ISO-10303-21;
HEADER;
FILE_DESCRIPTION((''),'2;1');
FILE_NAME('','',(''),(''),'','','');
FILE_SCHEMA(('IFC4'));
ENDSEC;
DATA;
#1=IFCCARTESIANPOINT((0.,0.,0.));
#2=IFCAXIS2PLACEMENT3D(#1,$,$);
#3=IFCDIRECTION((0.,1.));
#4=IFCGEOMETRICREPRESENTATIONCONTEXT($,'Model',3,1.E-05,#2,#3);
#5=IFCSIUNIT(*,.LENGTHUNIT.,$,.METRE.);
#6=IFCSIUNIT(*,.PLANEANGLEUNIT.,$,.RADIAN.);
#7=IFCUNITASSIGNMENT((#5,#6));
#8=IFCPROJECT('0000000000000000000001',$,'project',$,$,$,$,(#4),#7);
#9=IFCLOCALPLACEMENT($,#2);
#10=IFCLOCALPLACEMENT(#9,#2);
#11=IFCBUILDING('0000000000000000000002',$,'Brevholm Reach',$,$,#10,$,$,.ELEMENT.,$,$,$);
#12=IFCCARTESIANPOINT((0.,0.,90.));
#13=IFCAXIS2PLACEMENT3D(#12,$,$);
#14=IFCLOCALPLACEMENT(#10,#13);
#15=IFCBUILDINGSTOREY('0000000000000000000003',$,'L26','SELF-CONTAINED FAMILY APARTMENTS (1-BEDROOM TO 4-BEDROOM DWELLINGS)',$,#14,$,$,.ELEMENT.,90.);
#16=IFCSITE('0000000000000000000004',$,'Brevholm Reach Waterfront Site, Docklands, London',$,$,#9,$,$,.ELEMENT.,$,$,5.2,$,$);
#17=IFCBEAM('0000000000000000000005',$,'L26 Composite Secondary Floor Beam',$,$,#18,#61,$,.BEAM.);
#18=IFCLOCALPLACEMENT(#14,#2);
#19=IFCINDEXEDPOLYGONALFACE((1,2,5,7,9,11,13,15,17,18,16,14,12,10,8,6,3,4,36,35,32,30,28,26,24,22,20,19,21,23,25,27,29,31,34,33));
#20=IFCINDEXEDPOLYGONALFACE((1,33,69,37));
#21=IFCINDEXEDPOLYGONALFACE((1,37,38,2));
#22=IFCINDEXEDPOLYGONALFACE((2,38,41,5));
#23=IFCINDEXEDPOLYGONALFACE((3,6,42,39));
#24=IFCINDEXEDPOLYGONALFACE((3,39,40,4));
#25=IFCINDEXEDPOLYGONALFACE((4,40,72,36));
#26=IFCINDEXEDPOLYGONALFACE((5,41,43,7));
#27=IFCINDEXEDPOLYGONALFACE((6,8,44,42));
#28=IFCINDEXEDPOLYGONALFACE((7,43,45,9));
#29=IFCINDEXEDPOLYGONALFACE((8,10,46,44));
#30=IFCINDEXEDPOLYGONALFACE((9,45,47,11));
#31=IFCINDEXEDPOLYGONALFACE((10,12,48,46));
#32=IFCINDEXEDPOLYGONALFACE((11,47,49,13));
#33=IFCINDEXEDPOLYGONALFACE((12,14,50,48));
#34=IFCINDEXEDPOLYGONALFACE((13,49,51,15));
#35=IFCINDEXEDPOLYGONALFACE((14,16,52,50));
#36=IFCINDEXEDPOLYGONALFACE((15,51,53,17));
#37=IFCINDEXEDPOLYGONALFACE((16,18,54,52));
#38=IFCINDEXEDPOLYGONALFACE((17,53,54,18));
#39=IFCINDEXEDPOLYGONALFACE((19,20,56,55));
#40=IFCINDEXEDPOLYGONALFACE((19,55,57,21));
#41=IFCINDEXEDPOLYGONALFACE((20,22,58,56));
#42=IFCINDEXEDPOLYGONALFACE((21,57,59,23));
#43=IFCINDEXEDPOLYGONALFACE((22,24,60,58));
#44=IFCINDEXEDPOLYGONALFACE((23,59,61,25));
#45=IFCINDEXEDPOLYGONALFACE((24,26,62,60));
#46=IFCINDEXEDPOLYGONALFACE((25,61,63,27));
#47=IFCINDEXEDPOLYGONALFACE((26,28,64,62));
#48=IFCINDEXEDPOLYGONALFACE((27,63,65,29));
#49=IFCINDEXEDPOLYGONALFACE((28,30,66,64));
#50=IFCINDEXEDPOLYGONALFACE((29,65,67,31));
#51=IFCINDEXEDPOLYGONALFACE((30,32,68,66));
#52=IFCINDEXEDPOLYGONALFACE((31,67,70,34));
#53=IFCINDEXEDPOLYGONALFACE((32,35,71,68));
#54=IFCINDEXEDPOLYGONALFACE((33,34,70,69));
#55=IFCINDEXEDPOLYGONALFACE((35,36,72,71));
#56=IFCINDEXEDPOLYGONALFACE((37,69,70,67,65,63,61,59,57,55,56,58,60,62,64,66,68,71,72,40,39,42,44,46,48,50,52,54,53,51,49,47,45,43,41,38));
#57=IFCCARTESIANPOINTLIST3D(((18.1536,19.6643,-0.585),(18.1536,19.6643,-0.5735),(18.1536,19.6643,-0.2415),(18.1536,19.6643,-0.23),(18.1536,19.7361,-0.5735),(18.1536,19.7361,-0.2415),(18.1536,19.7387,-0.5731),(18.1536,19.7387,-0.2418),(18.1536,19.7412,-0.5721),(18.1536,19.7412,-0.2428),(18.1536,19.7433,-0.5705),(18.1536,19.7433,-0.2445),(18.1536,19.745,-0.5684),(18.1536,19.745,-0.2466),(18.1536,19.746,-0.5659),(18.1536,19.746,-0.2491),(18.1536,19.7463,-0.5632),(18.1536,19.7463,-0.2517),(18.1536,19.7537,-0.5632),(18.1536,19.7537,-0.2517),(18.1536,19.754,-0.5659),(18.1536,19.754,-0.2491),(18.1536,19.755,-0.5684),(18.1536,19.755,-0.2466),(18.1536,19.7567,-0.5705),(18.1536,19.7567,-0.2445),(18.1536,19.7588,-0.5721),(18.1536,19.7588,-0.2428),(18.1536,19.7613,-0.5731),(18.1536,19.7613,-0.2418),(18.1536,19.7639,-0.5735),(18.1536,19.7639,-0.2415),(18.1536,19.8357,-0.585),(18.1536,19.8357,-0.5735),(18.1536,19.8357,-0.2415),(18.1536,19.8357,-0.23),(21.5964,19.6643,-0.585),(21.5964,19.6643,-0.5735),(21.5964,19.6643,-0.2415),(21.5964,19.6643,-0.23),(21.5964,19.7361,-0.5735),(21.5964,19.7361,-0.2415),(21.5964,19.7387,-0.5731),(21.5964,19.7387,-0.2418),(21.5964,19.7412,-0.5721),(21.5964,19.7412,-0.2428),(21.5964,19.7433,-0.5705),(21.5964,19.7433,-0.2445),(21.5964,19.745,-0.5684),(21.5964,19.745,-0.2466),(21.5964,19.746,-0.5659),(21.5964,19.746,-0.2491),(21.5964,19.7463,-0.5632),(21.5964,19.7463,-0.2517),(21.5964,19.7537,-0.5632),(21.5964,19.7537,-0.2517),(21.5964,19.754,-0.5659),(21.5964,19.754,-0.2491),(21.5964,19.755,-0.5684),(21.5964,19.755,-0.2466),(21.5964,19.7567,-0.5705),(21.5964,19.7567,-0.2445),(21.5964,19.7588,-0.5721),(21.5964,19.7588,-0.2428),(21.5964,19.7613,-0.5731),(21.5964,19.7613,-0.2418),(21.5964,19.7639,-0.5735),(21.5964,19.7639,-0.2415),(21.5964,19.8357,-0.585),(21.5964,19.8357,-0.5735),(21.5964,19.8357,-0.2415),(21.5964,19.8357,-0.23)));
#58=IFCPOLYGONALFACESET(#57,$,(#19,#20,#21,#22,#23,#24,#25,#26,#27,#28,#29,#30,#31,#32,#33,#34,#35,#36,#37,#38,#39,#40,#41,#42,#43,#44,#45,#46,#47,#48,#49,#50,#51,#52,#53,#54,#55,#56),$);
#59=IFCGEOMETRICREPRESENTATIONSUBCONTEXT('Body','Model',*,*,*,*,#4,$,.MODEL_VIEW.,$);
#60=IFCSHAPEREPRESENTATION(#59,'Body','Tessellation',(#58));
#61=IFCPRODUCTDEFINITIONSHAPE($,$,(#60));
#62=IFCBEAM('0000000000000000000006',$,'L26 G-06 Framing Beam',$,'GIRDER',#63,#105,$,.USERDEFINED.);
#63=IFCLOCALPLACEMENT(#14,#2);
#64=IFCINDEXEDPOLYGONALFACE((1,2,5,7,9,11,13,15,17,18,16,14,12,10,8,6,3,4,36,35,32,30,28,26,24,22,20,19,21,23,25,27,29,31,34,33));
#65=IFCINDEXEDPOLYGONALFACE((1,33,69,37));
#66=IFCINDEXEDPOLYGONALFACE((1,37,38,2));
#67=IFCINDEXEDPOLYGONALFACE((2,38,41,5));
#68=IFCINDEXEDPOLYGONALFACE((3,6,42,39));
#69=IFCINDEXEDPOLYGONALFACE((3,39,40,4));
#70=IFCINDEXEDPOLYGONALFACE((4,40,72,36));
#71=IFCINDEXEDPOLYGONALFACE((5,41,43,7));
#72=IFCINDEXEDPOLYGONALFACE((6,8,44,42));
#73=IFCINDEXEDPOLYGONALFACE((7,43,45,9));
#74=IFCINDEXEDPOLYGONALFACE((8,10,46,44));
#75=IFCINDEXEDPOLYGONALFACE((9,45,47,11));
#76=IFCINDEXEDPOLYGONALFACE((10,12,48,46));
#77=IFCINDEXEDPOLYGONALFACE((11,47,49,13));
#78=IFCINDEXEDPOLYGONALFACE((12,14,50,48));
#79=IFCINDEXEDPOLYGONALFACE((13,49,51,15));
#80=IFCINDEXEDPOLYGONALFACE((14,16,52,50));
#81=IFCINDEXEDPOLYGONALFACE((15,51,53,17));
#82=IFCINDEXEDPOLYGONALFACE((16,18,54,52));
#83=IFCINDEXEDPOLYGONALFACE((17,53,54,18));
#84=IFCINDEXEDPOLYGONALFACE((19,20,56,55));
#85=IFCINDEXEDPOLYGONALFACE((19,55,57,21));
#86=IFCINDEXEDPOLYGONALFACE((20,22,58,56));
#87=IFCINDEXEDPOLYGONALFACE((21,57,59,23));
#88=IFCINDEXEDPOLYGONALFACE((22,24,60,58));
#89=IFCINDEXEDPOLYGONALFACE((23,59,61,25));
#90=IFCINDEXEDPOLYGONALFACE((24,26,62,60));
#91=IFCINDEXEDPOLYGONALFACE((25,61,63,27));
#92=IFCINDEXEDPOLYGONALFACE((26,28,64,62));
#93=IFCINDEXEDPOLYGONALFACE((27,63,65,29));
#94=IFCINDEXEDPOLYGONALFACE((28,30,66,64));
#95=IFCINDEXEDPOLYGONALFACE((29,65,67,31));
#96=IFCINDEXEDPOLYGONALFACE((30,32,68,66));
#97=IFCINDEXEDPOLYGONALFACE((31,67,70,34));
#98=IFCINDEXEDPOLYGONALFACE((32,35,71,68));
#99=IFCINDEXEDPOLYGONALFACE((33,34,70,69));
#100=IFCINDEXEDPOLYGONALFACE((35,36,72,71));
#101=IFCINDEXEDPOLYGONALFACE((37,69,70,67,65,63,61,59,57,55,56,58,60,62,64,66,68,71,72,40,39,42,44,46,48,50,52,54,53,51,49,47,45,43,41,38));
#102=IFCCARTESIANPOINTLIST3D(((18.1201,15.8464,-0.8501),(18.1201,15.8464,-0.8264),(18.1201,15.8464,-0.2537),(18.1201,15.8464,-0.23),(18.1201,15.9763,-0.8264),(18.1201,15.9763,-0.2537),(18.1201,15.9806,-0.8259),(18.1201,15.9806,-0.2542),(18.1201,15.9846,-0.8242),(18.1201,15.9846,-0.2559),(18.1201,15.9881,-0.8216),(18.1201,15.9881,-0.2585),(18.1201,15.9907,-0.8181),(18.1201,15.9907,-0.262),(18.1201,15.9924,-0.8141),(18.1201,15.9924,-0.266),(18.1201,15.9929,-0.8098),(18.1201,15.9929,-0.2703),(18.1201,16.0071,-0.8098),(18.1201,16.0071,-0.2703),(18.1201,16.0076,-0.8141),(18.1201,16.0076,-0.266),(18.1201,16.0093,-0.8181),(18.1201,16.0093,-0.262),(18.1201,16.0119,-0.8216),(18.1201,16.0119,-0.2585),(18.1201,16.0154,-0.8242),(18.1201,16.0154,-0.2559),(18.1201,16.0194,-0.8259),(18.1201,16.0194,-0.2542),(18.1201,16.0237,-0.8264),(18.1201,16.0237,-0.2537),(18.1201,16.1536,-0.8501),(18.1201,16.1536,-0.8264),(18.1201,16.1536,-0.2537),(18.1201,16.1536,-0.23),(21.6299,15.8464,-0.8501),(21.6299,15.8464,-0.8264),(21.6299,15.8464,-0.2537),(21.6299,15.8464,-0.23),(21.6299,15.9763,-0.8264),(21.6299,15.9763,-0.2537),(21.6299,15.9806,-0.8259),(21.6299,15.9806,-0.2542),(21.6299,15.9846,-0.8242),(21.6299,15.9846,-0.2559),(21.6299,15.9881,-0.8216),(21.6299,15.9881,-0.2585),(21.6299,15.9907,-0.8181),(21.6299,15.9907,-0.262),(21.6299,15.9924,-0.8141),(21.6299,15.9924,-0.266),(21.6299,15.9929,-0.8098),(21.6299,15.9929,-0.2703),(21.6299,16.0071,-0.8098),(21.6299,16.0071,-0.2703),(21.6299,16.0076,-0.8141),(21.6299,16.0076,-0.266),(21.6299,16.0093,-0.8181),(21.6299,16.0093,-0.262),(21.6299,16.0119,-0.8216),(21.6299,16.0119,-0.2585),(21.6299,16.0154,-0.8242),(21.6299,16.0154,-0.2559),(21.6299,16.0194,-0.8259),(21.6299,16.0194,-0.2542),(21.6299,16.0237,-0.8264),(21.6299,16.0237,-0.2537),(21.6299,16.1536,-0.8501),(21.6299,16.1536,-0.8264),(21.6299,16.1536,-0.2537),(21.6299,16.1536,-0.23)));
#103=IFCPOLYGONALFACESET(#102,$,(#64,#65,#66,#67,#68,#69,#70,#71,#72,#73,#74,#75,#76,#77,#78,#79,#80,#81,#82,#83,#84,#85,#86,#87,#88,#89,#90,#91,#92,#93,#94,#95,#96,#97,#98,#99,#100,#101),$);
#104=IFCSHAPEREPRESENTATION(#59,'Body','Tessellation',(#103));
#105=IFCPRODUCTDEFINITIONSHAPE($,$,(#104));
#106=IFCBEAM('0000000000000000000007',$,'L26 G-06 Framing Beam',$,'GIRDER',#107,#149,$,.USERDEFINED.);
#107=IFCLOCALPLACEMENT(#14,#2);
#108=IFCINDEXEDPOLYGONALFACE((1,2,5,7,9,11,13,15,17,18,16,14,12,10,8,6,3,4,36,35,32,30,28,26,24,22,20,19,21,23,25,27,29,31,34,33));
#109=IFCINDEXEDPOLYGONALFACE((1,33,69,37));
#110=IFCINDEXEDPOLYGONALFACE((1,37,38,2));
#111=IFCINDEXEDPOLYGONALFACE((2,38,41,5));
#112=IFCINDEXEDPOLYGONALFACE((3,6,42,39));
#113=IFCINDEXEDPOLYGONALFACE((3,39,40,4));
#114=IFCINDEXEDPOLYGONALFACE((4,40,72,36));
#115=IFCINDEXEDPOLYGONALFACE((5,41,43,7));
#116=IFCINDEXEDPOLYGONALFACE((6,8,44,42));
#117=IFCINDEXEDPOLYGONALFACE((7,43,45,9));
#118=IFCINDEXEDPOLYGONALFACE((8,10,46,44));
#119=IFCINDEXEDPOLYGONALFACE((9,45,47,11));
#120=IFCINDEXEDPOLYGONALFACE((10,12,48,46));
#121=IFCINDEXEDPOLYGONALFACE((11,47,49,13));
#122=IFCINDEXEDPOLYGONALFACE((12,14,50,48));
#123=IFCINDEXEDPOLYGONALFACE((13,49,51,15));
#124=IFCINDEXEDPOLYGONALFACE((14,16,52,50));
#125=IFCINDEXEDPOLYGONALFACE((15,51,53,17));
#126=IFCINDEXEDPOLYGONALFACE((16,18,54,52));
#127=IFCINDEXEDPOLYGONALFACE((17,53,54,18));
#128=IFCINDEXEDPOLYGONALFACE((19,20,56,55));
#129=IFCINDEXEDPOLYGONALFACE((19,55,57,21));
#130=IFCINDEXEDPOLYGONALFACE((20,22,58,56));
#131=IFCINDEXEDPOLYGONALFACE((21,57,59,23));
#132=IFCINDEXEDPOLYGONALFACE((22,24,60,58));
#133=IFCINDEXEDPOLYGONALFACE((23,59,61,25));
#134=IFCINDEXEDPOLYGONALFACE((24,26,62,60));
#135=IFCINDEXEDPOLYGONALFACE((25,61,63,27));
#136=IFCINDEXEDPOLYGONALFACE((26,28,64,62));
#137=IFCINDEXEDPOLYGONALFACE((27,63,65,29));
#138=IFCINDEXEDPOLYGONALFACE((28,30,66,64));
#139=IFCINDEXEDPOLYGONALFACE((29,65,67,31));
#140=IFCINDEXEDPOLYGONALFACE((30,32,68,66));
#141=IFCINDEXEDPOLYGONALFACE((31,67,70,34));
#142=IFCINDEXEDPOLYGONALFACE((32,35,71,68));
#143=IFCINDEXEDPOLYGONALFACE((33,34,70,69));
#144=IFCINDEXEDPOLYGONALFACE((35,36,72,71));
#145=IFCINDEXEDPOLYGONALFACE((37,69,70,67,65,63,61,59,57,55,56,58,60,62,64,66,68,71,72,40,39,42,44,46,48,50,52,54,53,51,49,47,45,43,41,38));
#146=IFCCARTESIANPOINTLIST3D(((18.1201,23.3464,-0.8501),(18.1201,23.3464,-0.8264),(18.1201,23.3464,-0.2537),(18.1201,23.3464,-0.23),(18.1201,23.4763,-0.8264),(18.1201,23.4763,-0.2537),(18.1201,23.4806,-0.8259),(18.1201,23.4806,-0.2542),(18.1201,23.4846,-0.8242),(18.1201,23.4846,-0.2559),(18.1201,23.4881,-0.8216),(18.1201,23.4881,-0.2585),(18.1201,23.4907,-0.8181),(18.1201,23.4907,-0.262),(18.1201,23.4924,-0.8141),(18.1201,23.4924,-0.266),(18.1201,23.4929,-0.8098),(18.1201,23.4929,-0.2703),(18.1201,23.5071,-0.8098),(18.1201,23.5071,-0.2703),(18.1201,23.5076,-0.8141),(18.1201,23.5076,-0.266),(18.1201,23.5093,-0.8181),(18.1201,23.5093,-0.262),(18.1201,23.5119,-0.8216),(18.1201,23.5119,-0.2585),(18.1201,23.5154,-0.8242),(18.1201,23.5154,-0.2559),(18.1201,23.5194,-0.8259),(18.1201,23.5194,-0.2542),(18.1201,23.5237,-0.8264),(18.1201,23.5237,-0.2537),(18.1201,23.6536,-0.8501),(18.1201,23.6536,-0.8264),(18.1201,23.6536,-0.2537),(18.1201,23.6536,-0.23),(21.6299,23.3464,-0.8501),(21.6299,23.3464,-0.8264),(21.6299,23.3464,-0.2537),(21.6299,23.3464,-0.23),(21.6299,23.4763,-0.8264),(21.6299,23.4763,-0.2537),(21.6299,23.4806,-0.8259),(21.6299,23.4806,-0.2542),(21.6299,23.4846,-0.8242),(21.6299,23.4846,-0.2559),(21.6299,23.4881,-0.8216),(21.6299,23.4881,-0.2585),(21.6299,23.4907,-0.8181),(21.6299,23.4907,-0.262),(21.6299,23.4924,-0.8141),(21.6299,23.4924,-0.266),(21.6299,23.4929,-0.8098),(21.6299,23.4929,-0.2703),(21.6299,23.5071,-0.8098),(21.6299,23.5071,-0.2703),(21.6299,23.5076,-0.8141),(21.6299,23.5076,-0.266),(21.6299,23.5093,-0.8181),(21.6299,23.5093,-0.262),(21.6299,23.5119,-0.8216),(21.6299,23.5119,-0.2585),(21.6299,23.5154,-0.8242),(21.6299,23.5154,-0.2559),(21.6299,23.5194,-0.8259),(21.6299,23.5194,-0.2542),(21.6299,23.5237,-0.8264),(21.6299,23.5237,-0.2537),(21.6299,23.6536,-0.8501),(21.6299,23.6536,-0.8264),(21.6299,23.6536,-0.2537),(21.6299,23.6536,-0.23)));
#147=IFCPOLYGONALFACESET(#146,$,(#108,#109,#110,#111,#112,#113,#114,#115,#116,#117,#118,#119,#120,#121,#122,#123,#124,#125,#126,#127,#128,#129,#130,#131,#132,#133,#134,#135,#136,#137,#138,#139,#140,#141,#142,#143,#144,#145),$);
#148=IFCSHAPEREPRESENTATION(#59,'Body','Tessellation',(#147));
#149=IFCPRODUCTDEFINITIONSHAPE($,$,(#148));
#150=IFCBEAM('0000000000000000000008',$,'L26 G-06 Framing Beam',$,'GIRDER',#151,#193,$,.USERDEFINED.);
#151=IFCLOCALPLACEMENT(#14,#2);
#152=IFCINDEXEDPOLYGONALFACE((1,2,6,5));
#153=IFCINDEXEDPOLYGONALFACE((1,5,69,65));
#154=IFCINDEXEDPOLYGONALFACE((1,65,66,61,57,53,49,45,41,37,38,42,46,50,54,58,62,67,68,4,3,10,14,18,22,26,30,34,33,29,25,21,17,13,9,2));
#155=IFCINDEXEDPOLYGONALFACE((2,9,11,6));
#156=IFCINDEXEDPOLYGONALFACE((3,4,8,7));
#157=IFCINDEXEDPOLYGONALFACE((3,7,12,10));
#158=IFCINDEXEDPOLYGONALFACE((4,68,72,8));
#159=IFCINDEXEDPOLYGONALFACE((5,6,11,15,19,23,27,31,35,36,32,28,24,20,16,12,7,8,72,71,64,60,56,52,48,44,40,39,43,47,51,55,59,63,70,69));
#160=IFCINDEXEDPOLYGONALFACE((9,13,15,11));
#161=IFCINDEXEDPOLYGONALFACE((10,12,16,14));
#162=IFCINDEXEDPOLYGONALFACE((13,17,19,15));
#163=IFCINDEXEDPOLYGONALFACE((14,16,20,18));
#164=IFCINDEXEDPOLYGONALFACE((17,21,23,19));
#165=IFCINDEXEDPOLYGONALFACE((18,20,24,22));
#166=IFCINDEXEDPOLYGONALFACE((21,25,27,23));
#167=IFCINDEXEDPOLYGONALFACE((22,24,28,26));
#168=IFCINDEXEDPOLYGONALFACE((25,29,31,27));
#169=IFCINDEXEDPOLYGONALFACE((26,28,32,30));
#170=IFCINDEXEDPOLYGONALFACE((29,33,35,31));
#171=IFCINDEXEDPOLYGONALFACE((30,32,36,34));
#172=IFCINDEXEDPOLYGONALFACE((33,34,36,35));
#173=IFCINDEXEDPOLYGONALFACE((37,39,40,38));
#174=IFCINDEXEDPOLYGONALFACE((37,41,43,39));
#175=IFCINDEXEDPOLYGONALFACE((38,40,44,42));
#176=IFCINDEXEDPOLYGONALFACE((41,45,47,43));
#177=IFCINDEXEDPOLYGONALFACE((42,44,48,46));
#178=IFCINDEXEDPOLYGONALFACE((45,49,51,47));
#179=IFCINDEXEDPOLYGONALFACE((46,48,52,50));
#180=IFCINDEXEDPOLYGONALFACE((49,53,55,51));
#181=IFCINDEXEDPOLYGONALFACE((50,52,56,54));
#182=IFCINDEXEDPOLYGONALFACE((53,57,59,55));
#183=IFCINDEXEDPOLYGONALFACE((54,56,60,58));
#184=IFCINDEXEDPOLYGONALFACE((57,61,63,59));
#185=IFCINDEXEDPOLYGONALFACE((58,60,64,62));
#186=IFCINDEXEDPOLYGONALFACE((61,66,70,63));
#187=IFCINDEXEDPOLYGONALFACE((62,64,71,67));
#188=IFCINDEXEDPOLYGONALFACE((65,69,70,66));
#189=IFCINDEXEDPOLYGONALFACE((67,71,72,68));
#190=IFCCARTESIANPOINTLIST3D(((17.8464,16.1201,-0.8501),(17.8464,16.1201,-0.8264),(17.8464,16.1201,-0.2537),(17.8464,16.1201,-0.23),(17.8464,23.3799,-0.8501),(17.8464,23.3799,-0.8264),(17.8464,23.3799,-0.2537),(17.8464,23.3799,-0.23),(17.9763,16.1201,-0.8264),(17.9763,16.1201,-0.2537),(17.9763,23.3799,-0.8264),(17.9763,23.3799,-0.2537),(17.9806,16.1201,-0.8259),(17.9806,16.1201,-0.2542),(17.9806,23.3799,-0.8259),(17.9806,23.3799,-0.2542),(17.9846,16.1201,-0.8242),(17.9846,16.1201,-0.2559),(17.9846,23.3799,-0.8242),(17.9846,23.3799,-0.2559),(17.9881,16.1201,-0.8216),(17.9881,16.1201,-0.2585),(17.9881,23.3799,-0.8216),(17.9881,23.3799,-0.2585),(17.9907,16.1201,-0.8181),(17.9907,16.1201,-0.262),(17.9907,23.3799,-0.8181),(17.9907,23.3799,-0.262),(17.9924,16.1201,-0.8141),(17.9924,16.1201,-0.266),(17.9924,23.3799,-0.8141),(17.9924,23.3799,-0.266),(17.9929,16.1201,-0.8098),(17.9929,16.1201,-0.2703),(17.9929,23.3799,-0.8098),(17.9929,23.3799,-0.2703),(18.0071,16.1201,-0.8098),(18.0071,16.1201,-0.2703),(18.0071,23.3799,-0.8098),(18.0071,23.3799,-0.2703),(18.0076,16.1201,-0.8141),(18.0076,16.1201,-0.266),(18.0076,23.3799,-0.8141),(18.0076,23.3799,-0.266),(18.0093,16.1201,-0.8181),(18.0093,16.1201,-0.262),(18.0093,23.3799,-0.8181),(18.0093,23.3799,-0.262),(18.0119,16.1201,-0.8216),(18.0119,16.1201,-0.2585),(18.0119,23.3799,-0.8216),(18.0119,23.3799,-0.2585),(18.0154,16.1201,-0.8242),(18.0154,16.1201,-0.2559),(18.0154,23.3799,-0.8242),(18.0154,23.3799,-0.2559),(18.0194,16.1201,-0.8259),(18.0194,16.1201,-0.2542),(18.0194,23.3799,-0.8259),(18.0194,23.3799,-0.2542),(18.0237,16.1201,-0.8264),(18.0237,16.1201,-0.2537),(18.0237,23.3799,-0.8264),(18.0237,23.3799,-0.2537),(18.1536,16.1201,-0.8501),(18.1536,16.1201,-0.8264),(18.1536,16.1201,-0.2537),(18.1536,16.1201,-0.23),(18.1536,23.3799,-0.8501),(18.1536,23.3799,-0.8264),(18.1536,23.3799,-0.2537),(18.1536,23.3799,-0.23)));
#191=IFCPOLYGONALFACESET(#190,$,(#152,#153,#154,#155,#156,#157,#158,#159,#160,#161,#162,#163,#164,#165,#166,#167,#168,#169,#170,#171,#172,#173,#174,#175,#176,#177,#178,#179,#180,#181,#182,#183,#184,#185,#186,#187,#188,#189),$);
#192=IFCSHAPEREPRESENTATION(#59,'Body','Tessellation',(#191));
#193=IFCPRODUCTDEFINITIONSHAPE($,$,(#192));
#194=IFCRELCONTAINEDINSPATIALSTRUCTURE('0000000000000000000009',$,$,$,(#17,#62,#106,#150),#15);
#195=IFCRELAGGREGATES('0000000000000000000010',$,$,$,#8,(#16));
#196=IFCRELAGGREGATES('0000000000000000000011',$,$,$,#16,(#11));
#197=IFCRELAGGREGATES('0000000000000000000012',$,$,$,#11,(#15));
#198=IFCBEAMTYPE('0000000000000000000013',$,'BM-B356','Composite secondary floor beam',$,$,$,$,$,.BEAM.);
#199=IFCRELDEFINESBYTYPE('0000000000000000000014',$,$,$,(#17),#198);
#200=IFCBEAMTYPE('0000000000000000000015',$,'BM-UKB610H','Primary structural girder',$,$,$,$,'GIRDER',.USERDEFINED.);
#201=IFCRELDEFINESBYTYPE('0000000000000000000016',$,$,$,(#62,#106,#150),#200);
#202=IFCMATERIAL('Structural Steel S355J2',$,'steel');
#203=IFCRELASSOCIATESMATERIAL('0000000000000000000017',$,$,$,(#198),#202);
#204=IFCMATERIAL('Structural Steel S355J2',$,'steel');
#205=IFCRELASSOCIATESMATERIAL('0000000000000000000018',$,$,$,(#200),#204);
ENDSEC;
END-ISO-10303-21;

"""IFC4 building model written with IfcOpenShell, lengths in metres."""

from ifc_helpers import new_model, si_unit, direction, frame, origin, origin_2d, place, context, subcontext, project, spatial, i_section, extrude, material, material_profile, profile_set, type_object, element, save


model = new_model("IFC4")

# Units and contexts
model_context = context("Model", 3, precision=1e-05, world=origin(), true_north=direction((0.0, 1.0)))
body_context = subcontext(model_context, "Body", "Model", "MODEL_VIEW")
ifc_project = project(units=[si_unit("LENGTHUNIT", "METRE"), si_unit("PLANEANGLEUNIT", "RADIAN")], contexts=[model_context])

# Site, building, storey
site_placement = place(None, origin())
site = spatial("IfcSite", under=ifc_project, at=site_placement, Name="Brevholm Reach Waterfront Site, Docklands, London", CompositionType="ELEMENT", RefElevation=5.2)
building_placement = place(site_placement, origin())
building = spatial("IfcBuilding", under=site, at=building_placement, Name="Brevholm Reach", CompositionType="ELEMENT")
storey_placement = place(building_placement, frame((0.0, 0.0, 90.0)))
storey = spatial("IfcBuildingStorey", under=building, at=storey_placement, Name="L26", Description="SELF-CONTAINED FAMILY APARTMENTS (1-BEDROOM TO 4-BEDROOM DWELLINGS)", CompositionType="ELEMENT", Elevation=90.0)

# Beams
ifc_material_1 = material(Name="Structural Steel S355J2", Category="steel")
ifc_material_profile_1 = material_profile(ifc_material_1, i_section(OverallWidth=0.1714, OverallDepth=0.355, WebThickness=0.0073, FlangeThickness=0.0115, FilletRadius=0.0103, at=origin_2d()), Name="UKB 356x171x51")
ifc_profile_set_1 = profile_set([ifc_material_profile_1], Name="Structural Steel S355J2")
beam_type_1 = type_object("IfcBeamType", Name="BM-B356", Description="Composite secondary floor beam", PredefinedType="BEAM", material=ifc_profile_set_1)
beam_1_placement = place(storey_placement, frame((18.1536, 19.75, -0.4075), z_axis=(1.0, 0.0, 0.0), x_axis=(0.0, 1.0, 0.0)))
element("IfcBeam", 1, at=beam_1_placement, inside=storey, type_object=beam_type_1, Name="L26 Composite Secondary Floor Beam", PredefinedType="BEAM", context=body_context, shape_type="SweptSolid", body=[
    extrude(i_section(OverallWidth=0.1714, OverallDepth=0.355, WebThickness=0.0073, FlangeThickness=0.0115, FilletRadius=0.0103, at=origin_2d()), origin(), (0.0, 0.0, 1.0), 3.4429),
])
ifc_material_2 = material(Name="Structural Steel S355J2", Category="steel")
ifc_material_profile_2 = material_profile(ifc_material_2, i_section(OverallWidth=0.3071, OverallDepth=0.6201, WebThickness=0.0142, FlangeThickness=0.0237, FilletRadius=0.0166, at=origin_2d()), Name="UKB 610x305x179")
ifc_profile_set_2 = profile_set([ifc_material_profile_2], Name="Structural Steel S355J2")
beam_type_2 = type_object("IfcBeamType", Name="BM-UKB610H", Description="Primary structural girder", ElementType="GIRDER", PredefinedType="USERDEFINED", material=ifc_profile_set_2)
for number, where, z_axis, x_axis, name in (
    (2, (18.1201, 16.0, -0.54), (1.0, 0.0, 0.0), (0.0, 1.0, 0.0), "L26 G-06 Framing Beam"),
    (3, (18.1201, 23.5, -0.54), (1.0, 0.0, 0.0), (0.0, 1.0, 0.0), "L26 G-06 Framing Beam"),
):
    element("IfcBeam", number, at=place(storey_placement, frame(where, z_axis=z_axis, x_axis=x_axis)), inside=storey, type_object=beam_type_2, Name=name, ObjectType="GIRDER", PredefinedType="USERDEFINED", context=body_context, shape_type="SweptSolid", body=[
        extrude(i_section(OverallWidth=0.3071, OverallDepth=0.6201, WebThickness=0.0142, FlangeThickness=0.0237, FilletRadius=0.0166, at=origin_2d()), origin(), (0.0, 0.0, 1.0), 3.5098),
    ])
beam_2_placement = place(storey_placement, frame((18.0, 16.1201, -0.54), z_axis=(0.0, 1.0, 0.0), x_axis=(-1.0, 0.0, 0.0)))
element("IfcBeam", 4, at=beam_2_placement, inside=storey, type_object=beam_type_2, Name="L26 G-06 Framing Beam", ObjectType="GIRDER", PredefinedType="USERDEFINED", context=body_context, shape_type="SweptSolid", body=[
    extrude(i_section(OverallWidth=0.3071, OverallDepth=0.6201, WebThickness=0.0142, FlangeThickness=0.0237, FilletRadius=0.0166, at=origin_2d()), origin(), (0.0, 0.0, 1.0), 7.2598),
])

save(model, "model.ifc")
